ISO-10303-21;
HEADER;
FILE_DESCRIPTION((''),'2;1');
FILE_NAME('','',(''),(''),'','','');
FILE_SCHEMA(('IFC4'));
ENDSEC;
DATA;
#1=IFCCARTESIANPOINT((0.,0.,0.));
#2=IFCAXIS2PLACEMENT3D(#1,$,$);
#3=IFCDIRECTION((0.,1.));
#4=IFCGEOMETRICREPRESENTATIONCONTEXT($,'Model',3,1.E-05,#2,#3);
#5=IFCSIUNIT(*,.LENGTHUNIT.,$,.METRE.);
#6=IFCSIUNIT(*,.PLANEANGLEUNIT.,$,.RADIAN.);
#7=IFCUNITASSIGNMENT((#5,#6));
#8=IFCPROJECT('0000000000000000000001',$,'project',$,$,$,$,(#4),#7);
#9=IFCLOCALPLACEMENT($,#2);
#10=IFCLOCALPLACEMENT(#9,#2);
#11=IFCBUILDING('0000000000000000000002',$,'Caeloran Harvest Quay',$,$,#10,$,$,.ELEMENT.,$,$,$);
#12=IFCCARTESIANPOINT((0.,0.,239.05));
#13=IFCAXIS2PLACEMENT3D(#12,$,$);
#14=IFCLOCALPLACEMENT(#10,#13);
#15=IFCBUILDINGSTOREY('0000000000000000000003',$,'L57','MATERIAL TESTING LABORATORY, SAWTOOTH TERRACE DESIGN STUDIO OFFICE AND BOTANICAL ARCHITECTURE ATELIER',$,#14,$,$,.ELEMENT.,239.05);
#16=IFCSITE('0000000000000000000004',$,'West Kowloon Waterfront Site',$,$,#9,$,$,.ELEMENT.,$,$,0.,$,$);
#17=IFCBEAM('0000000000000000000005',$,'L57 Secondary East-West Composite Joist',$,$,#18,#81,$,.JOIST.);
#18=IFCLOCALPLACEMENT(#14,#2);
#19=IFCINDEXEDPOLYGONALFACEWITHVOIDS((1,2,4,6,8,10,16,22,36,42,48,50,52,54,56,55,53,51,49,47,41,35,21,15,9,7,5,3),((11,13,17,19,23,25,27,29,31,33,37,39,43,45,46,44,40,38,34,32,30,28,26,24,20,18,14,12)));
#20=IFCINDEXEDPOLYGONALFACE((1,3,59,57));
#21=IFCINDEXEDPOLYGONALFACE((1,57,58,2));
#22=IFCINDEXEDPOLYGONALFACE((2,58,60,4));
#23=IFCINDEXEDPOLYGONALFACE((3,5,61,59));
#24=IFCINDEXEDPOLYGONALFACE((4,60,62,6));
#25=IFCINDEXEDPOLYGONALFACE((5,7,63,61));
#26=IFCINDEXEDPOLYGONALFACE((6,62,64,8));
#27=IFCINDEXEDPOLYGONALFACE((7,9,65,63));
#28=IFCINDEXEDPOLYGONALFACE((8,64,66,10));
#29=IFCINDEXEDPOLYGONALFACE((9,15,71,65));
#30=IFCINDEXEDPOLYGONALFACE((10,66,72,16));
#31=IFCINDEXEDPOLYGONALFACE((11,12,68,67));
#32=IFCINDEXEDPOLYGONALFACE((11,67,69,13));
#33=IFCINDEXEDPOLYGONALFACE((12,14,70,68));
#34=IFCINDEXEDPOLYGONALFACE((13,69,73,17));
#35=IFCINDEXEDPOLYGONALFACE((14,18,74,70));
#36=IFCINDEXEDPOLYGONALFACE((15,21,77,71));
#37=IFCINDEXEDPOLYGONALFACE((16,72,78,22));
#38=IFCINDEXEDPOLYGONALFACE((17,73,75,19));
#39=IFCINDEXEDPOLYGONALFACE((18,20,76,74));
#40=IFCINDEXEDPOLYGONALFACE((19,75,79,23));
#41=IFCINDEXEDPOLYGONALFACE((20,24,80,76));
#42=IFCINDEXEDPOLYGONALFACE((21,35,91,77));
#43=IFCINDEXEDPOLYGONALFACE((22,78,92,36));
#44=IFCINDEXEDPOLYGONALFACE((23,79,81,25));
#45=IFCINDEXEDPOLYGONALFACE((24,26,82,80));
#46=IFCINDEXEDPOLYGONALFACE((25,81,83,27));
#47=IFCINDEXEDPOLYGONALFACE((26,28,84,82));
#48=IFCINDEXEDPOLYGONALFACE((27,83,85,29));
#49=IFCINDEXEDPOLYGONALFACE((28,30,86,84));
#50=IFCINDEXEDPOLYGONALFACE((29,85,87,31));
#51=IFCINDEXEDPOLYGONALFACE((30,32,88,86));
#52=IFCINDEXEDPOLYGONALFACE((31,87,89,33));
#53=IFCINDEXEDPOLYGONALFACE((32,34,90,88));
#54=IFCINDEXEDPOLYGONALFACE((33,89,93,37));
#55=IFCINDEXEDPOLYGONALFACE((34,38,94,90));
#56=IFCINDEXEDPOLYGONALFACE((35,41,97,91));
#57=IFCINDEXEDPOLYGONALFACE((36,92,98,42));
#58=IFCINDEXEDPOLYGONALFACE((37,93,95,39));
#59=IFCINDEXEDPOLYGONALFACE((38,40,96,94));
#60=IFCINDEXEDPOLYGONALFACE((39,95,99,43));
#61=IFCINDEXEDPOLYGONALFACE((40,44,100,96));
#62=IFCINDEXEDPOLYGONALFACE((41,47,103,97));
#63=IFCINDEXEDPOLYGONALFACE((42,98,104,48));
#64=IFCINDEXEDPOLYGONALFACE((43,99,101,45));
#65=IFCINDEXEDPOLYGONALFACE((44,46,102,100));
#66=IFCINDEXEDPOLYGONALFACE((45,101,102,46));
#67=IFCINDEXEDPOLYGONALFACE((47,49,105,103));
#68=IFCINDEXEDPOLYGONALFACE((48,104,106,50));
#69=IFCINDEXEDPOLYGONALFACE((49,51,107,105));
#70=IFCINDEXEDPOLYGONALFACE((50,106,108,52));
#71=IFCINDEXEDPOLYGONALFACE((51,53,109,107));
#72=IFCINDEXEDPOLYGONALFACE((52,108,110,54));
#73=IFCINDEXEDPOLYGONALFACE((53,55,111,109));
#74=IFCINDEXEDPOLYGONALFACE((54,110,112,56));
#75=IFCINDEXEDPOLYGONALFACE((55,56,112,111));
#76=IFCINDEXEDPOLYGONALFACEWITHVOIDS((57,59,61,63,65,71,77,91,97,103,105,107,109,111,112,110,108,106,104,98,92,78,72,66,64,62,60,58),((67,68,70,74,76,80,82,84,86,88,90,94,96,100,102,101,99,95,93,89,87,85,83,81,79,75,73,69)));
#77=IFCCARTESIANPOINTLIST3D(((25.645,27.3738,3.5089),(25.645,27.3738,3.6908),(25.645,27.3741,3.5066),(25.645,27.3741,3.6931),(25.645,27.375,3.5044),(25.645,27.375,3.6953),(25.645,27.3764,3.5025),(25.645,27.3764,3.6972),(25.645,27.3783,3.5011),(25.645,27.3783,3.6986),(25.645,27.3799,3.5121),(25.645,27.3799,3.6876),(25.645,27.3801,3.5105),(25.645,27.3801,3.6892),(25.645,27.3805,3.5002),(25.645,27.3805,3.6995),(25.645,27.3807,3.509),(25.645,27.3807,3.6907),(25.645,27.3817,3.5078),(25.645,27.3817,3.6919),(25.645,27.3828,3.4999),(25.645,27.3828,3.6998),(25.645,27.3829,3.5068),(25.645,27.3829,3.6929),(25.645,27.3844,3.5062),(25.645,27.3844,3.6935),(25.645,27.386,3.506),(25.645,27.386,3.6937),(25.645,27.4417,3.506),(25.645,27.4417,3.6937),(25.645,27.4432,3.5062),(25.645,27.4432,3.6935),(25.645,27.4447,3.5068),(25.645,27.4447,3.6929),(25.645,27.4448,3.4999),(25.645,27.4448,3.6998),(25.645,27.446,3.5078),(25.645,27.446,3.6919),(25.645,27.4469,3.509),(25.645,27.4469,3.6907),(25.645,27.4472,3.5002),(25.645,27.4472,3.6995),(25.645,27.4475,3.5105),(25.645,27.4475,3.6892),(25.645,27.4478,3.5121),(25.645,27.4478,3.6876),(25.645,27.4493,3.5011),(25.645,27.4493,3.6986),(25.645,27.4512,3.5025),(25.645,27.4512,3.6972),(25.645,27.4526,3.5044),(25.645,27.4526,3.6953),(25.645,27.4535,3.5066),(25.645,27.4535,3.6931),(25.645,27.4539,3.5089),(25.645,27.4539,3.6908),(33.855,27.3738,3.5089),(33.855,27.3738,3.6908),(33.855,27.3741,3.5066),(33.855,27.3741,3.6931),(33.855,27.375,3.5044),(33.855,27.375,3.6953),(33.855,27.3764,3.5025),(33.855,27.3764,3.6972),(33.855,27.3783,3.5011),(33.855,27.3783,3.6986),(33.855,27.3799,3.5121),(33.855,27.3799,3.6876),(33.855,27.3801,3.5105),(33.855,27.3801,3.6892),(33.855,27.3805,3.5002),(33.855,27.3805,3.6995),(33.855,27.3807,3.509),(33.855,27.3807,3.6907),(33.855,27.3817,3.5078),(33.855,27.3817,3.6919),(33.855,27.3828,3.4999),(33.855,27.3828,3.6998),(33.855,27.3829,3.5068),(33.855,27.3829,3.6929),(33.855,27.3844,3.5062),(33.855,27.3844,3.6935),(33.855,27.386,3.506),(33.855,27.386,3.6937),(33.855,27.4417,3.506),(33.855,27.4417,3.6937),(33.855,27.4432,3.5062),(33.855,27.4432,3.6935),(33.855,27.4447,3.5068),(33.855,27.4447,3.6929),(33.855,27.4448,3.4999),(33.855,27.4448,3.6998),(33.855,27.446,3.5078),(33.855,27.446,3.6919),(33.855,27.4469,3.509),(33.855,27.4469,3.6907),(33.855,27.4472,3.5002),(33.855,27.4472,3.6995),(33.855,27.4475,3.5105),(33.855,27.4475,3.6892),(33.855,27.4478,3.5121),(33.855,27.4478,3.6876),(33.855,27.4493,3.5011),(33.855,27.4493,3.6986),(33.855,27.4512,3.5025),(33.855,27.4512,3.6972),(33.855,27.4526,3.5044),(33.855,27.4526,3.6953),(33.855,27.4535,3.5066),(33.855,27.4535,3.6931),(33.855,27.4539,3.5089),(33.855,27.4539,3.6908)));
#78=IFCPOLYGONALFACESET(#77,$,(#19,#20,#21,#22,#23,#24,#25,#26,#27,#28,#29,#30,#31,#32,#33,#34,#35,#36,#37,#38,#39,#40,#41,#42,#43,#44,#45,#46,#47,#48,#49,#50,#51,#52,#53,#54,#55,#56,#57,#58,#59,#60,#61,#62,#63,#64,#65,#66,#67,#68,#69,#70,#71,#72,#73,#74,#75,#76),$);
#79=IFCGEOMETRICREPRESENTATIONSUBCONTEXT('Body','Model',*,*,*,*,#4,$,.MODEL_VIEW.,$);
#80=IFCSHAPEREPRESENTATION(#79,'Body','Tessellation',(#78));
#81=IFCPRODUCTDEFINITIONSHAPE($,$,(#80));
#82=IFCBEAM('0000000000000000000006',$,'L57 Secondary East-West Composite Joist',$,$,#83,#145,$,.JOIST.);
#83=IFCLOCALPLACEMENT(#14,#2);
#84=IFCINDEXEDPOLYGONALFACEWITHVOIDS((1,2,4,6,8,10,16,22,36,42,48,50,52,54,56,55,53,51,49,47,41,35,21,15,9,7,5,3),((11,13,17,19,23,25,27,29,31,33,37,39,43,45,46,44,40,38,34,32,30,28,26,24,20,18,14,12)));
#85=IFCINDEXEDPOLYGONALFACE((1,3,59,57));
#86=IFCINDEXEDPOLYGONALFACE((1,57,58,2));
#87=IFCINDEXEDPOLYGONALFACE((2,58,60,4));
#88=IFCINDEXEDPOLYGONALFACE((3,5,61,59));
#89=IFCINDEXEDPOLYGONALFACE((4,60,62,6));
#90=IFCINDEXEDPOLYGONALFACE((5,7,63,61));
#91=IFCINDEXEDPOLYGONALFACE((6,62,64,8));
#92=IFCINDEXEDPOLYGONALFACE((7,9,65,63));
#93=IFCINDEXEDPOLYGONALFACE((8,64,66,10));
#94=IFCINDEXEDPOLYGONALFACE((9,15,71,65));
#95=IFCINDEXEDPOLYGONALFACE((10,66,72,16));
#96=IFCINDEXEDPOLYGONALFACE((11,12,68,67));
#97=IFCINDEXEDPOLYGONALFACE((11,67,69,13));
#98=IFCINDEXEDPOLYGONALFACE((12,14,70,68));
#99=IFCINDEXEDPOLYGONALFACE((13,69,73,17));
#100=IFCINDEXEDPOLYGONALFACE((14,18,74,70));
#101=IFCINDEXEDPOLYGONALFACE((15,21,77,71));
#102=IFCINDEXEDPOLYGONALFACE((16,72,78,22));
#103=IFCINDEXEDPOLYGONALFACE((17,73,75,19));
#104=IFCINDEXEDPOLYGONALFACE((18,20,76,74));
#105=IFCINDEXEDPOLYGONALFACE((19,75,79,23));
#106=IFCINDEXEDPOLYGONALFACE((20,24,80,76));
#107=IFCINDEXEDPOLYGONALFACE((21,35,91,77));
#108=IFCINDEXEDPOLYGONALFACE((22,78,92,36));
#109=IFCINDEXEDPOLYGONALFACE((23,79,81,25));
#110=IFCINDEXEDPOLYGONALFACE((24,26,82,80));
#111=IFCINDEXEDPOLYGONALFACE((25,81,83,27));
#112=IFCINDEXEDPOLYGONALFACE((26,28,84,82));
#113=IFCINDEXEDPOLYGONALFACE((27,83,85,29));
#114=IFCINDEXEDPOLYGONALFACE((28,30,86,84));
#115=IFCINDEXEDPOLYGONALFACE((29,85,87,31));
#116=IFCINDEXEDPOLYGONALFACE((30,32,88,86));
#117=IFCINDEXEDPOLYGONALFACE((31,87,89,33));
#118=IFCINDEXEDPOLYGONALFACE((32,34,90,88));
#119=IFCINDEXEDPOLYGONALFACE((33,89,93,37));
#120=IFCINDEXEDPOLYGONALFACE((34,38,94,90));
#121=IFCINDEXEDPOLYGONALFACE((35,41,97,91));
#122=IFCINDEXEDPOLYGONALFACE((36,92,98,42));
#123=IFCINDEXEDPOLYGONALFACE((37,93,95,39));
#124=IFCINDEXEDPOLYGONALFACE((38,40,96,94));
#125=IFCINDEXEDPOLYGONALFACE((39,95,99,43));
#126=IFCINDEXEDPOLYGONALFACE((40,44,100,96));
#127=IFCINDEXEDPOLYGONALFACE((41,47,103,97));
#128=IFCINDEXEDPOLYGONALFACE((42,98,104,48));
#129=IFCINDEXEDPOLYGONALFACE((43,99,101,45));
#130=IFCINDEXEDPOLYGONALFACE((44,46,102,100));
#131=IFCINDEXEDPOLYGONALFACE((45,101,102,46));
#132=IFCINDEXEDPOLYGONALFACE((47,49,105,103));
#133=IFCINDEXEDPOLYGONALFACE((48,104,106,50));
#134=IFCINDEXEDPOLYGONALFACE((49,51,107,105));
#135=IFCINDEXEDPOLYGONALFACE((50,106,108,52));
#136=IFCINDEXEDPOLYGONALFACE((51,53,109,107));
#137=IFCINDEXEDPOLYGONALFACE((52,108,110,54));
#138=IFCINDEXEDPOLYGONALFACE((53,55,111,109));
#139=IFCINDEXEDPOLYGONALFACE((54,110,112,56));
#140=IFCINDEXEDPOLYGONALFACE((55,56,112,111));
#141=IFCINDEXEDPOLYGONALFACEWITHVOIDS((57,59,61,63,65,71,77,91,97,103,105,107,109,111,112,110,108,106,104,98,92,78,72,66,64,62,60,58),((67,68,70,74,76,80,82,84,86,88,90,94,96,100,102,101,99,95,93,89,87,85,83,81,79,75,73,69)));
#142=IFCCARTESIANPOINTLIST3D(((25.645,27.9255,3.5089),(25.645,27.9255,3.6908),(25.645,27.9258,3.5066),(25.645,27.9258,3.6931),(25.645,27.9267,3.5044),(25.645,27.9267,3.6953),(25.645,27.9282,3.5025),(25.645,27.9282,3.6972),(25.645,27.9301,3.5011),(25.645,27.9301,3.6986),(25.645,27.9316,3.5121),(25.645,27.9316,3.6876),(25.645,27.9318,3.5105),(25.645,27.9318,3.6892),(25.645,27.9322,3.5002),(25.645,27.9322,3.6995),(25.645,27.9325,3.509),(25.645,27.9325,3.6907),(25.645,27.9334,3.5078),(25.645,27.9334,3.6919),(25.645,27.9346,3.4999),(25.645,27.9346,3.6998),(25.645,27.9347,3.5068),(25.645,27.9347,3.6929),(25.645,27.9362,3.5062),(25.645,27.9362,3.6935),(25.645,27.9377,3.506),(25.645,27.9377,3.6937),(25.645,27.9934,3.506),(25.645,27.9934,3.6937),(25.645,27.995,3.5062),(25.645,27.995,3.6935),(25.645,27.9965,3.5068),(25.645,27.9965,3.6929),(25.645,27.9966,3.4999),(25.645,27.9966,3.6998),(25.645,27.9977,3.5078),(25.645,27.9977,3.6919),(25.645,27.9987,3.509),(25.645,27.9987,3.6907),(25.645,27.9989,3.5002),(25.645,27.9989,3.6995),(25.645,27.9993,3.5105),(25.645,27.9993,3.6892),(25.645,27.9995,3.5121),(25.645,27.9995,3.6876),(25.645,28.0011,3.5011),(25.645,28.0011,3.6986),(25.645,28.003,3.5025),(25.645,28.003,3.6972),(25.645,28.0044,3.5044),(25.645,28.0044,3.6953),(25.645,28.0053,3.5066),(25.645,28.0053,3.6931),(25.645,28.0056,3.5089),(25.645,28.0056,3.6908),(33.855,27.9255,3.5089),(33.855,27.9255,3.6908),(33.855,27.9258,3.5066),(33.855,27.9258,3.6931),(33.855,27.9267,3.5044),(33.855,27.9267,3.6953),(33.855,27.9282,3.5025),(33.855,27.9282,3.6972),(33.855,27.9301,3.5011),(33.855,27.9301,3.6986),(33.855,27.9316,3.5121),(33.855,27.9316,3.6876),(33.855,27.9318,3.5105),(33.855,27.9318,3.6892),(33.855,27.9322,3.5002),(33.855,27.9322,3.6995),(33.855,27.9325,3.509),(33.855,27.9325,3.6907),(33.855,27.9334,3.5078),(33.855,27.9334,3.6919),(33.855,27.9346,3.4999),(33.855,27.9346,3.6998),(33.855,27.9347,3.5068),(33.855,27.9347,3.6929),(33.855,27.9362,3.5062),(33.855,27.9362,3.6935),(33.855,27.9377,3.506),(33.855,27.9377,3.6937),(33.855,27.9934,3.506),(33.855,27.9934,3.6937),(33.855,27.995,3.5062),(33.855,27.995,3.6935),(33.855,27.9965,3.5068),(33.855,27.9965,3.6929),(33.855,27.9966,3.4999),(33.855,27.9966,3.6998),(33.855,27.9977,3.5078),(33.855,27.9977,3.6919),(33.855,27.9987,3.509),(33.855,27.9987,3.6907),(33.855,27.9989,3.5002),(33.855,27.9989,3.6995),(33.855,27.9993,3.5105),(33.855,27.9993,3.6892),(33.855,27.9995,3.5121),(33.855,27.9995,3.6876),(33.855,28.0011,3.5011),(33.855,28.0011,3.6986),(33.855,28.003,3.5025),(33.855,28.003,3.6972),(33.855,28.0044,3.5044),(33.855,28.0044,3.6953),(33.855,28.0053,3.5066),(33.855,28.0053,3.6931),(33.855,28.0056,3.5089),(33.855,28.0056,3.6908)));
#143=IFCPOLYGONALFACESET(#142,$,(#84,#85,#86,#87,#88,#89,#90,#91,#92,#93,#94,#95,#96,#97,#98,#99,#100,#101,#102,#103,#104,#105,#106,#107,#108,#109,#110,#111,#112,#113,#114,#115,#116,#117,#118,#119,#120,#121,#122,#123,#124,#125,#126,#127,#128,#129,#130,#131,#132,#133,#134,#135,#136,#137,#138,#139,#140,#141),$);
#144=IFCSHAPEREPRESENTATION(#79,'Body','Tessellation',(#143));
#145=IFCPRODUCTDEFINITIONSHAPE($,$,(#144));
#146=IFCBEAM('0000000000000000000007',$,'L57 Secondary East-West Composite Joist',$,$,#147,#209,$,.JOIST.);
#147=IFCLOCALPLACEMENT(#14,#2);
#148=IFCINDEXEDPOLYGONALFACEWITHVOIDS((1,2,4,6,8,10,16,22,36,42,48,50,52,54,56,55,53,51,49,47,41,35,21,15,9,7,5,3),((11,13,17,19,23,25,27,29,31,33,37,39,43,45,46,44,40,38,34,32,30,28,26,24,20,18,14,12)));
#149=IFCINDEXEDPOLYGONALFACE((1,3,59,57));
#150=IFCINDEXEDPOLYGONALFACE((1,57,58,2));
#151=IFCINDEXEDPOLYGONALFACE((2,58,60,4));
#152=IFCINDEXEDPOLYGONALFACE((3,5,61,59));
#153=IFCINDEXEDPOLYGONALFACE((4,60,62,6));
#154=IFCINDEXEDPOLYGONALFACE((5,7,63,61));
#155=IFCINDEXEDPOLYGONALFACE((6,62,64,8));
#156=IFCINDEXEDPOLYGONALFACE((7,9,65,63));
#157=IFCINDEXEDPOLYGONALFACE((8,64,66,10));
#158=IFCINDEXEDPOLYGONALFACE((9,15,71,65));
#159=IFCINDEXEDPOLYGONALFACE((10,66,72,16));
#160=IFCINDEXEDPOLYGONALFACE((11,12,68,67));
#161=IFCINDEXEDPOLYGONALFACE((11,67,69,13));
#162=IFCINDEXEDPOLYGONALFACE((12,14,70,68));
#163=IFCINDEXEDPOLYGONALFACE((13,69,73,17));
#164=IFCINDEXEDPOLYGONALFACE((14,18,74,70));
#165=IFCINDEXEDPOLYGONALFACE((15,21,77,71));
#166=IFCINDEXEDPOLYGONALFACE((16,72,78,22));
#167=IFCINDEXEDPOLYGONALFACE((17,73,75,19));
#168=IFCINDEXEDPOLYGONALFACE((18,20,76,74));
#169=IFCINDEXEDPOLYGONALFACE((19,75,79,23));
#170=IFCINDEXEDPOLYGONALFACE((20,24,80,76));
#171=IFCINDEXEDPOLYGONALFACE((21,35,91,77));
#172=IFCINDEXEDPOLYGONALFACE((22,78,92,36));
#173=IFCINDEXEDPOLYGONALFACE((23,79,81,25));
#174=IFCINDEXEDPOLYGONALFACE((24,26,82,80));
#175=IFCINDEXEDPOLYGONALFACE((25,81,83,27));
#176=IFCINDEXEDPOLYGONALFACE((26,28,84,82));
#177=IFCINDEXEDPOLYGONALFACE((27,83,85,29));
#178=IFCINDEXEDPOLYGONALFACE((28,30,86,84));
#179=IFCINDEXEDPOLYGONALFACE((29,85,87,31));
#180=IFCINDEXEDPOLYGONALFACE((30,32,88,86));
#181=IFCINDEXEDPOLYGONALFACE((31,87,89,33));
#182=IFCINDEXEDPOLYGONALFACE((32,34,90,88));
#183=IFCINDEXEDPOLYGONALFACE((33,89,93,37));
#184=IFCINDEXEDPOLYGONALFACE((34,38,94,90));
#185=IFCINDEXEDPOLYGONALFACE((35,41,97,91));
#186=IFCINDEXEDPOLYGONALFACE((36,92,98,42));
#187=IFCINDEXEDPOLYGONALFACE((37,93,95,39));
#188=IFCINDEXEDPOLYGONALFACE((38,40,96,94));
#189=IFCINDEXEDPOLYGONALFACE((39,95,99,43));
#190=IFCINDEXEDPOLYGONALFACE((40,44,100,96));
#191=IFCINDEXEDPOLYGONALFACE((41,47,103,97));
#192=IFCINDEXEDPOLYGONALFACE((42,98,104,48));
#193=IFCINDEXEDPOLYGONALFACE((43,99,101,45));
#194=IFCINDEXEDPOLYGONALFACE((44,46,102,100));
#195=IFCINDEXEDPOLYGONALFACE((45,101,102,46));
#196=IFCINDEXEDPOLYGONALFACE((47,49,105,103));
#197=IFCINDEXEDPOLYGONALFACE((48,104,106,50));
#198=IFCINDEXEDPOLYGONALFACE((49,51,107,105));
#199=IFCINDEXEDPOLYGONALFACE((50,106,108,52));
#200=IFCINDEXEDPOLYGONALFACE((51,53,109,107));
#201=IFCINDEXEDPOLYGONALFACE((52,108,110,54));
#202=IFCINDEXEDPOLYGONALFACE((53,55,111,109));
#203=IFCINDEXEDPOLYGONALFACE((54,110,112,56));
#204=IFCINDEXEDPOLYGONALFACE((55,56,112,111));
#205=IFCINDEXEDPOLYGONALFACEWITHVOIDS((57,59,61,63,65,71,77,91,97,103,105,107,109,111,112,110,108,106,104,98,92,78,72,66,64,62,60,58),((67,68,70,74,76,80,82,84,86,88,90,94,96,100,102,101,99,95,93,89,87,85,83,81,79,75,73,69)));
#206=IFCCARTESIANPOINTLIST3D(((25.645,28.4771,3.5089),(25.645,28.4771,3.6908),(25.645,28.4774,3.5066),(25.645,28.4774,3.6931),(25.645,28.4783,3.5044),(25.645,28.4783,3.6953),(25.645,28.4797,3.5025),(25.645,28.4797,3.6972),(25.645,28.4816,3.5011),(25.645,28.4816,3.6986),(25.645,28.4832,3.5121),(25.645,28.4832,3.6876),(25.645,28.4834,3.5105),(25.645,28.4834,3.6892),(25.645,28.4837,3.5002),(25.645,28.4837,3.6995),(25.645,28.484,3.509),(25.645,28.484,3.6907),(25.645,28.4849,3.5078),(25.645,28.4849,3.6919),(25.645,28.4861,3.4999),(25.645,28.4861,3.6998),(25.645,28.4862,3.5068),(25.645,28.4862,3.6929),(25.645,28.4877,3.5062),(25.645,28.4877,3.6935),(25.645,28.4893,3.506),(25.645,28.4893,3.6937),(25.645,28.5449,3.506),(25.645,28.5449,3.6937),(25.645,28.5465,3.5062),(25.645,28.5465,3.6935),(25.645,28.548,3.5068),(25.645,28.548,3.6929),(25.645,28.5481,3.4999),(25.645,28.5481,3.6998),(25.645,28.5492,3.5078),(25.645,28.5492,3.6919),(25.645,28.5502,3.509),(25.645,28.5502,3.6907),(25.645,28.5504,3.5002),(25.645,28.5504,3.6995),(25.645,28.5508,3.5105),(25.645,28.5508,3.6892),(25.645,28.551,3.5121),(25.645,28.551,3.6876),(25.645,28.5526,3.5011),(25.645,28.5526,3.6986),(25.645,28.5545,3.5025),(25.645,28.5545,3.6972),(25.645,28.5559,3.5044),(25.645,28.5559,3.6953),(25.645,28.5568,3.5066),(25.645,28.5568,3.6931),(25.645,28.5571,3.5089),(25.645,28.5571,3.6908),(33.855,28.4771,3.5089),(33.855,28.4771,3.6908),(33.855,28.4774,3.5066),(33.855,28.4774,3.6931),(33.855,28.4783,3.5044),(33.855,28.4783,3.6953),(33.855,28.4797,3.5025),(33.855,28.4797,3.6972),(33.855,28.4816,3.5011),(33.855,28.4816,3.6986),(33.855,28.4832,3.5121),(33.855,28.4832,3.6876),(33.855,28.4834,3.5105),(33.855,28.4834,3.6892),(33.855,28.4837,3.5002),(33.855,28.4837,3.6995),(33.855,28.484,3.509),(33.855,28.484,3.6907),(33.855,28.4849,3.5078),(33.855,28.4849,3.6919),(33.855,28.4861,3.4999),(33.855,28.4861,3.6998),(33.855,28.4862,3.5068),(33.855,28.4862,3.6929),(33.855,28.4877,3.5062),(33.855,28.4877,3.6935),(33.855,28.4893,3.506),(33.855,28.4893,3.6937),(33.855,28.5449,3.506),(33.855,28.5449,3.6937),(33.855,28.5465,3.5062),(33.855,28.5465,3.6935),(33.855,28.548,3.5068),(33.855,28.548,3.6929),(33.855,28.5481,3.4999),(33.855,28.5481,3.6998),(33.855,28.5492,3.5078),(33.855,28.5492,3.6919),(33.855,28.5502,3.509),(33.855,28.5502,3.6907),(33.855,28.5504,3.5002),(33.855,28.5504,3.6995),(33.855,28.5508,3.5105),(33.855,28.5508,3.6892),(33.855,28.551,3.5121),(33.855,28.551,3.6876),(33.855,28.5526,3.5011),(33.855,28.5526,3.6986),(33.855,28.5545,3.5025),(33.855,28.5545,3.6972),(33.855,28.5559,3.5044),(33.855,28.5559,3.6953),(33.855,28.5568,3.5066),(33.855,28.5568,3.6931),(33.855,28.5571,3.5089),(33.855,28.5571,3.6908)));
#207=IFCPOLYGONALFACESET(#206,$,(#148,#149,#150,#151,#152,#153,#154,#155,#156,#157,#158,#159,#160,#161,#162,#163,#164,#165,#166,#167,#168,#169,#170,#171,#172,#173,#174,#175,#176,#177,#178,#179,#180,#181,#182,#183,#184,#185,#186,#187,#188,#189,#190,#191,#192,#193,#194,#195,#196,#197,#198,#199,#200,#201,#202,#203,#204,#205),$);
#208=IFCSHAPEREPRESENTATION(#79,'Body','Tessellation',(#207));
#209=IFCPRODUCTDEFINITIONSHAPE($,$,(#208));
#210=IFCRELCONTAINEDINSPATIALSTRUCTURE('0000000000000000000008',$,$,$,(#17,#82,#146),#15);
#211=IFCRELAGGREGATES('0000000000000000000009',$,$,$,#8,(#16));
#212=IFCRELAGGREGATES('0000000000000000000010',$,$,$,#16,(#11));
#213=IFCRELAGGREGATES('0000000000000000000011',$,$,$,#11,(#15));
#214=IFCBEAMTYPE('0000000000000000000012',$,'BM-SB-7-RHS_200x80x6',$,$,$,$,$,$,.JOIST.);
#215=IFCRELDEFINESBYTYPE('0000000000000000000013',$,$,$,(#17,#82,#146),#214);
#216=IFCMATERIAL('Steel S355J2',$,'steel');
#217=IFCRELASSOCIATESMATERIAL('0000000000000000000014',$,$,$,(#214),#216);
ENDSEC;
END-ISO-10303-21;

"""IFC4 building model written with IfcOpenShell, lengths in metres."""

from ifc_helpers import new_model, si_unit, direction, frame, origin, origin_2d, place, context, subcontext, project, spatial, hollow_rectangle, extrude, material, material_profile, profile_set, type_object, element, save


model = new_model("IFC4")

# Units and contexts
model_context = context("Model", 3, precision=1e-05, world=origin(), true_north=direction((0.0, 1.0)))
body_context = subcontext(model_context, "Body", "Model", "MODEL_VIEW")
ifc_project = project(units=[si_unit("LENGTHUNIT", "METRE"), si_unit("PLANEANGLEUNIT", "RADIAN")], contexts=[model_context])

# Site, building, storey
site_placement = place(None, origin())
site = spatial("IfcSite", under=ifc_project, at=site_placement, Name="West Kowloon Waterfront Site", CompositionType="ELEMENT", RefElevation=0.0)
building_placement = place(site_placement, origin())
building = spatial("IfcBuilding", under=site, at=building_placement, Name="Caeloran Harvest Quay", CompositionType="ELEMENT")
storey_placement = place(building_placement, frame((0.0, 0.0, 239.05)))
storey = spatial("IfcBuildingStorey", under=building, at=storey_placement, Name="L57", Description="MATERIAL TESTING LABORATORY, SAWTOOTH TERRACE DESIGN STUDIO OFFICE AND BOTANICAL ARCHITECTURE ATELIER", CompositionType="ELEMENT", Elevation=239.05)

# Beams
ifc_material = material(Name="Steel S355J2", Category="steel")
ifc_material_profile_1 = material_profile(ifc_material, hollow_rectangle(XDim=0.0801, YDim=0.2, WallThickness=0.0061, InnerFilletRadius=0.0061, OuterFilletRadius=0.009, at=origin_2d()), Name="RHS 200x80x6")
ifc_profile_set_1 = profile_set([ifc_material_profile_1], Name="Steel S355J2")
beam_type_1 = type_object("IfcBeamType", Name="BM-SB-7-RHS_200x80x6", PredefinedType="JOIST", material=ifc_profile_set_1)
for number, where, z_axis, x_axis, name in (
    (1, (25.645, 27.4138, 3.5999), (1.0, 0.0, 0.0), (0.0, 1.0, 0.0), "L57 Secondary East-West Composite Joist"),
    (2, (25.645, 27.9656, 3.5999), (1.0, 0.0, 0.0), (0.0, 1.0, 0.0), "L57 Secondary East-West Composite Joist"),
    (3, (25.645, 28.5171, 3.5999), (1.0, 0.0, 0.0), (0.0, 1.0, 0.0), "L57 Secondary East-West Composite Joist"),
):
    element("IfcBeam", number, at=place(storey_placement, frame(where, z_axis=z_axis, x_axis=x_axis)), inside=storey, type_object=beam_type_1, Name=name, PredefinedType="JOIST", context=body_context, shape_type="SweptSolid", body=[
        extrude(hollow_rectangle(XDim=0.0801, YDim=0.2, WallThickness=0.0061, InnerFilletRadius=0.0061, OuterFilletRadius=0.009, at=origin_2d()), origin(), (0.0, 0.0, 1.0), 8.21),
    ])

save(model, "model.ifc")
